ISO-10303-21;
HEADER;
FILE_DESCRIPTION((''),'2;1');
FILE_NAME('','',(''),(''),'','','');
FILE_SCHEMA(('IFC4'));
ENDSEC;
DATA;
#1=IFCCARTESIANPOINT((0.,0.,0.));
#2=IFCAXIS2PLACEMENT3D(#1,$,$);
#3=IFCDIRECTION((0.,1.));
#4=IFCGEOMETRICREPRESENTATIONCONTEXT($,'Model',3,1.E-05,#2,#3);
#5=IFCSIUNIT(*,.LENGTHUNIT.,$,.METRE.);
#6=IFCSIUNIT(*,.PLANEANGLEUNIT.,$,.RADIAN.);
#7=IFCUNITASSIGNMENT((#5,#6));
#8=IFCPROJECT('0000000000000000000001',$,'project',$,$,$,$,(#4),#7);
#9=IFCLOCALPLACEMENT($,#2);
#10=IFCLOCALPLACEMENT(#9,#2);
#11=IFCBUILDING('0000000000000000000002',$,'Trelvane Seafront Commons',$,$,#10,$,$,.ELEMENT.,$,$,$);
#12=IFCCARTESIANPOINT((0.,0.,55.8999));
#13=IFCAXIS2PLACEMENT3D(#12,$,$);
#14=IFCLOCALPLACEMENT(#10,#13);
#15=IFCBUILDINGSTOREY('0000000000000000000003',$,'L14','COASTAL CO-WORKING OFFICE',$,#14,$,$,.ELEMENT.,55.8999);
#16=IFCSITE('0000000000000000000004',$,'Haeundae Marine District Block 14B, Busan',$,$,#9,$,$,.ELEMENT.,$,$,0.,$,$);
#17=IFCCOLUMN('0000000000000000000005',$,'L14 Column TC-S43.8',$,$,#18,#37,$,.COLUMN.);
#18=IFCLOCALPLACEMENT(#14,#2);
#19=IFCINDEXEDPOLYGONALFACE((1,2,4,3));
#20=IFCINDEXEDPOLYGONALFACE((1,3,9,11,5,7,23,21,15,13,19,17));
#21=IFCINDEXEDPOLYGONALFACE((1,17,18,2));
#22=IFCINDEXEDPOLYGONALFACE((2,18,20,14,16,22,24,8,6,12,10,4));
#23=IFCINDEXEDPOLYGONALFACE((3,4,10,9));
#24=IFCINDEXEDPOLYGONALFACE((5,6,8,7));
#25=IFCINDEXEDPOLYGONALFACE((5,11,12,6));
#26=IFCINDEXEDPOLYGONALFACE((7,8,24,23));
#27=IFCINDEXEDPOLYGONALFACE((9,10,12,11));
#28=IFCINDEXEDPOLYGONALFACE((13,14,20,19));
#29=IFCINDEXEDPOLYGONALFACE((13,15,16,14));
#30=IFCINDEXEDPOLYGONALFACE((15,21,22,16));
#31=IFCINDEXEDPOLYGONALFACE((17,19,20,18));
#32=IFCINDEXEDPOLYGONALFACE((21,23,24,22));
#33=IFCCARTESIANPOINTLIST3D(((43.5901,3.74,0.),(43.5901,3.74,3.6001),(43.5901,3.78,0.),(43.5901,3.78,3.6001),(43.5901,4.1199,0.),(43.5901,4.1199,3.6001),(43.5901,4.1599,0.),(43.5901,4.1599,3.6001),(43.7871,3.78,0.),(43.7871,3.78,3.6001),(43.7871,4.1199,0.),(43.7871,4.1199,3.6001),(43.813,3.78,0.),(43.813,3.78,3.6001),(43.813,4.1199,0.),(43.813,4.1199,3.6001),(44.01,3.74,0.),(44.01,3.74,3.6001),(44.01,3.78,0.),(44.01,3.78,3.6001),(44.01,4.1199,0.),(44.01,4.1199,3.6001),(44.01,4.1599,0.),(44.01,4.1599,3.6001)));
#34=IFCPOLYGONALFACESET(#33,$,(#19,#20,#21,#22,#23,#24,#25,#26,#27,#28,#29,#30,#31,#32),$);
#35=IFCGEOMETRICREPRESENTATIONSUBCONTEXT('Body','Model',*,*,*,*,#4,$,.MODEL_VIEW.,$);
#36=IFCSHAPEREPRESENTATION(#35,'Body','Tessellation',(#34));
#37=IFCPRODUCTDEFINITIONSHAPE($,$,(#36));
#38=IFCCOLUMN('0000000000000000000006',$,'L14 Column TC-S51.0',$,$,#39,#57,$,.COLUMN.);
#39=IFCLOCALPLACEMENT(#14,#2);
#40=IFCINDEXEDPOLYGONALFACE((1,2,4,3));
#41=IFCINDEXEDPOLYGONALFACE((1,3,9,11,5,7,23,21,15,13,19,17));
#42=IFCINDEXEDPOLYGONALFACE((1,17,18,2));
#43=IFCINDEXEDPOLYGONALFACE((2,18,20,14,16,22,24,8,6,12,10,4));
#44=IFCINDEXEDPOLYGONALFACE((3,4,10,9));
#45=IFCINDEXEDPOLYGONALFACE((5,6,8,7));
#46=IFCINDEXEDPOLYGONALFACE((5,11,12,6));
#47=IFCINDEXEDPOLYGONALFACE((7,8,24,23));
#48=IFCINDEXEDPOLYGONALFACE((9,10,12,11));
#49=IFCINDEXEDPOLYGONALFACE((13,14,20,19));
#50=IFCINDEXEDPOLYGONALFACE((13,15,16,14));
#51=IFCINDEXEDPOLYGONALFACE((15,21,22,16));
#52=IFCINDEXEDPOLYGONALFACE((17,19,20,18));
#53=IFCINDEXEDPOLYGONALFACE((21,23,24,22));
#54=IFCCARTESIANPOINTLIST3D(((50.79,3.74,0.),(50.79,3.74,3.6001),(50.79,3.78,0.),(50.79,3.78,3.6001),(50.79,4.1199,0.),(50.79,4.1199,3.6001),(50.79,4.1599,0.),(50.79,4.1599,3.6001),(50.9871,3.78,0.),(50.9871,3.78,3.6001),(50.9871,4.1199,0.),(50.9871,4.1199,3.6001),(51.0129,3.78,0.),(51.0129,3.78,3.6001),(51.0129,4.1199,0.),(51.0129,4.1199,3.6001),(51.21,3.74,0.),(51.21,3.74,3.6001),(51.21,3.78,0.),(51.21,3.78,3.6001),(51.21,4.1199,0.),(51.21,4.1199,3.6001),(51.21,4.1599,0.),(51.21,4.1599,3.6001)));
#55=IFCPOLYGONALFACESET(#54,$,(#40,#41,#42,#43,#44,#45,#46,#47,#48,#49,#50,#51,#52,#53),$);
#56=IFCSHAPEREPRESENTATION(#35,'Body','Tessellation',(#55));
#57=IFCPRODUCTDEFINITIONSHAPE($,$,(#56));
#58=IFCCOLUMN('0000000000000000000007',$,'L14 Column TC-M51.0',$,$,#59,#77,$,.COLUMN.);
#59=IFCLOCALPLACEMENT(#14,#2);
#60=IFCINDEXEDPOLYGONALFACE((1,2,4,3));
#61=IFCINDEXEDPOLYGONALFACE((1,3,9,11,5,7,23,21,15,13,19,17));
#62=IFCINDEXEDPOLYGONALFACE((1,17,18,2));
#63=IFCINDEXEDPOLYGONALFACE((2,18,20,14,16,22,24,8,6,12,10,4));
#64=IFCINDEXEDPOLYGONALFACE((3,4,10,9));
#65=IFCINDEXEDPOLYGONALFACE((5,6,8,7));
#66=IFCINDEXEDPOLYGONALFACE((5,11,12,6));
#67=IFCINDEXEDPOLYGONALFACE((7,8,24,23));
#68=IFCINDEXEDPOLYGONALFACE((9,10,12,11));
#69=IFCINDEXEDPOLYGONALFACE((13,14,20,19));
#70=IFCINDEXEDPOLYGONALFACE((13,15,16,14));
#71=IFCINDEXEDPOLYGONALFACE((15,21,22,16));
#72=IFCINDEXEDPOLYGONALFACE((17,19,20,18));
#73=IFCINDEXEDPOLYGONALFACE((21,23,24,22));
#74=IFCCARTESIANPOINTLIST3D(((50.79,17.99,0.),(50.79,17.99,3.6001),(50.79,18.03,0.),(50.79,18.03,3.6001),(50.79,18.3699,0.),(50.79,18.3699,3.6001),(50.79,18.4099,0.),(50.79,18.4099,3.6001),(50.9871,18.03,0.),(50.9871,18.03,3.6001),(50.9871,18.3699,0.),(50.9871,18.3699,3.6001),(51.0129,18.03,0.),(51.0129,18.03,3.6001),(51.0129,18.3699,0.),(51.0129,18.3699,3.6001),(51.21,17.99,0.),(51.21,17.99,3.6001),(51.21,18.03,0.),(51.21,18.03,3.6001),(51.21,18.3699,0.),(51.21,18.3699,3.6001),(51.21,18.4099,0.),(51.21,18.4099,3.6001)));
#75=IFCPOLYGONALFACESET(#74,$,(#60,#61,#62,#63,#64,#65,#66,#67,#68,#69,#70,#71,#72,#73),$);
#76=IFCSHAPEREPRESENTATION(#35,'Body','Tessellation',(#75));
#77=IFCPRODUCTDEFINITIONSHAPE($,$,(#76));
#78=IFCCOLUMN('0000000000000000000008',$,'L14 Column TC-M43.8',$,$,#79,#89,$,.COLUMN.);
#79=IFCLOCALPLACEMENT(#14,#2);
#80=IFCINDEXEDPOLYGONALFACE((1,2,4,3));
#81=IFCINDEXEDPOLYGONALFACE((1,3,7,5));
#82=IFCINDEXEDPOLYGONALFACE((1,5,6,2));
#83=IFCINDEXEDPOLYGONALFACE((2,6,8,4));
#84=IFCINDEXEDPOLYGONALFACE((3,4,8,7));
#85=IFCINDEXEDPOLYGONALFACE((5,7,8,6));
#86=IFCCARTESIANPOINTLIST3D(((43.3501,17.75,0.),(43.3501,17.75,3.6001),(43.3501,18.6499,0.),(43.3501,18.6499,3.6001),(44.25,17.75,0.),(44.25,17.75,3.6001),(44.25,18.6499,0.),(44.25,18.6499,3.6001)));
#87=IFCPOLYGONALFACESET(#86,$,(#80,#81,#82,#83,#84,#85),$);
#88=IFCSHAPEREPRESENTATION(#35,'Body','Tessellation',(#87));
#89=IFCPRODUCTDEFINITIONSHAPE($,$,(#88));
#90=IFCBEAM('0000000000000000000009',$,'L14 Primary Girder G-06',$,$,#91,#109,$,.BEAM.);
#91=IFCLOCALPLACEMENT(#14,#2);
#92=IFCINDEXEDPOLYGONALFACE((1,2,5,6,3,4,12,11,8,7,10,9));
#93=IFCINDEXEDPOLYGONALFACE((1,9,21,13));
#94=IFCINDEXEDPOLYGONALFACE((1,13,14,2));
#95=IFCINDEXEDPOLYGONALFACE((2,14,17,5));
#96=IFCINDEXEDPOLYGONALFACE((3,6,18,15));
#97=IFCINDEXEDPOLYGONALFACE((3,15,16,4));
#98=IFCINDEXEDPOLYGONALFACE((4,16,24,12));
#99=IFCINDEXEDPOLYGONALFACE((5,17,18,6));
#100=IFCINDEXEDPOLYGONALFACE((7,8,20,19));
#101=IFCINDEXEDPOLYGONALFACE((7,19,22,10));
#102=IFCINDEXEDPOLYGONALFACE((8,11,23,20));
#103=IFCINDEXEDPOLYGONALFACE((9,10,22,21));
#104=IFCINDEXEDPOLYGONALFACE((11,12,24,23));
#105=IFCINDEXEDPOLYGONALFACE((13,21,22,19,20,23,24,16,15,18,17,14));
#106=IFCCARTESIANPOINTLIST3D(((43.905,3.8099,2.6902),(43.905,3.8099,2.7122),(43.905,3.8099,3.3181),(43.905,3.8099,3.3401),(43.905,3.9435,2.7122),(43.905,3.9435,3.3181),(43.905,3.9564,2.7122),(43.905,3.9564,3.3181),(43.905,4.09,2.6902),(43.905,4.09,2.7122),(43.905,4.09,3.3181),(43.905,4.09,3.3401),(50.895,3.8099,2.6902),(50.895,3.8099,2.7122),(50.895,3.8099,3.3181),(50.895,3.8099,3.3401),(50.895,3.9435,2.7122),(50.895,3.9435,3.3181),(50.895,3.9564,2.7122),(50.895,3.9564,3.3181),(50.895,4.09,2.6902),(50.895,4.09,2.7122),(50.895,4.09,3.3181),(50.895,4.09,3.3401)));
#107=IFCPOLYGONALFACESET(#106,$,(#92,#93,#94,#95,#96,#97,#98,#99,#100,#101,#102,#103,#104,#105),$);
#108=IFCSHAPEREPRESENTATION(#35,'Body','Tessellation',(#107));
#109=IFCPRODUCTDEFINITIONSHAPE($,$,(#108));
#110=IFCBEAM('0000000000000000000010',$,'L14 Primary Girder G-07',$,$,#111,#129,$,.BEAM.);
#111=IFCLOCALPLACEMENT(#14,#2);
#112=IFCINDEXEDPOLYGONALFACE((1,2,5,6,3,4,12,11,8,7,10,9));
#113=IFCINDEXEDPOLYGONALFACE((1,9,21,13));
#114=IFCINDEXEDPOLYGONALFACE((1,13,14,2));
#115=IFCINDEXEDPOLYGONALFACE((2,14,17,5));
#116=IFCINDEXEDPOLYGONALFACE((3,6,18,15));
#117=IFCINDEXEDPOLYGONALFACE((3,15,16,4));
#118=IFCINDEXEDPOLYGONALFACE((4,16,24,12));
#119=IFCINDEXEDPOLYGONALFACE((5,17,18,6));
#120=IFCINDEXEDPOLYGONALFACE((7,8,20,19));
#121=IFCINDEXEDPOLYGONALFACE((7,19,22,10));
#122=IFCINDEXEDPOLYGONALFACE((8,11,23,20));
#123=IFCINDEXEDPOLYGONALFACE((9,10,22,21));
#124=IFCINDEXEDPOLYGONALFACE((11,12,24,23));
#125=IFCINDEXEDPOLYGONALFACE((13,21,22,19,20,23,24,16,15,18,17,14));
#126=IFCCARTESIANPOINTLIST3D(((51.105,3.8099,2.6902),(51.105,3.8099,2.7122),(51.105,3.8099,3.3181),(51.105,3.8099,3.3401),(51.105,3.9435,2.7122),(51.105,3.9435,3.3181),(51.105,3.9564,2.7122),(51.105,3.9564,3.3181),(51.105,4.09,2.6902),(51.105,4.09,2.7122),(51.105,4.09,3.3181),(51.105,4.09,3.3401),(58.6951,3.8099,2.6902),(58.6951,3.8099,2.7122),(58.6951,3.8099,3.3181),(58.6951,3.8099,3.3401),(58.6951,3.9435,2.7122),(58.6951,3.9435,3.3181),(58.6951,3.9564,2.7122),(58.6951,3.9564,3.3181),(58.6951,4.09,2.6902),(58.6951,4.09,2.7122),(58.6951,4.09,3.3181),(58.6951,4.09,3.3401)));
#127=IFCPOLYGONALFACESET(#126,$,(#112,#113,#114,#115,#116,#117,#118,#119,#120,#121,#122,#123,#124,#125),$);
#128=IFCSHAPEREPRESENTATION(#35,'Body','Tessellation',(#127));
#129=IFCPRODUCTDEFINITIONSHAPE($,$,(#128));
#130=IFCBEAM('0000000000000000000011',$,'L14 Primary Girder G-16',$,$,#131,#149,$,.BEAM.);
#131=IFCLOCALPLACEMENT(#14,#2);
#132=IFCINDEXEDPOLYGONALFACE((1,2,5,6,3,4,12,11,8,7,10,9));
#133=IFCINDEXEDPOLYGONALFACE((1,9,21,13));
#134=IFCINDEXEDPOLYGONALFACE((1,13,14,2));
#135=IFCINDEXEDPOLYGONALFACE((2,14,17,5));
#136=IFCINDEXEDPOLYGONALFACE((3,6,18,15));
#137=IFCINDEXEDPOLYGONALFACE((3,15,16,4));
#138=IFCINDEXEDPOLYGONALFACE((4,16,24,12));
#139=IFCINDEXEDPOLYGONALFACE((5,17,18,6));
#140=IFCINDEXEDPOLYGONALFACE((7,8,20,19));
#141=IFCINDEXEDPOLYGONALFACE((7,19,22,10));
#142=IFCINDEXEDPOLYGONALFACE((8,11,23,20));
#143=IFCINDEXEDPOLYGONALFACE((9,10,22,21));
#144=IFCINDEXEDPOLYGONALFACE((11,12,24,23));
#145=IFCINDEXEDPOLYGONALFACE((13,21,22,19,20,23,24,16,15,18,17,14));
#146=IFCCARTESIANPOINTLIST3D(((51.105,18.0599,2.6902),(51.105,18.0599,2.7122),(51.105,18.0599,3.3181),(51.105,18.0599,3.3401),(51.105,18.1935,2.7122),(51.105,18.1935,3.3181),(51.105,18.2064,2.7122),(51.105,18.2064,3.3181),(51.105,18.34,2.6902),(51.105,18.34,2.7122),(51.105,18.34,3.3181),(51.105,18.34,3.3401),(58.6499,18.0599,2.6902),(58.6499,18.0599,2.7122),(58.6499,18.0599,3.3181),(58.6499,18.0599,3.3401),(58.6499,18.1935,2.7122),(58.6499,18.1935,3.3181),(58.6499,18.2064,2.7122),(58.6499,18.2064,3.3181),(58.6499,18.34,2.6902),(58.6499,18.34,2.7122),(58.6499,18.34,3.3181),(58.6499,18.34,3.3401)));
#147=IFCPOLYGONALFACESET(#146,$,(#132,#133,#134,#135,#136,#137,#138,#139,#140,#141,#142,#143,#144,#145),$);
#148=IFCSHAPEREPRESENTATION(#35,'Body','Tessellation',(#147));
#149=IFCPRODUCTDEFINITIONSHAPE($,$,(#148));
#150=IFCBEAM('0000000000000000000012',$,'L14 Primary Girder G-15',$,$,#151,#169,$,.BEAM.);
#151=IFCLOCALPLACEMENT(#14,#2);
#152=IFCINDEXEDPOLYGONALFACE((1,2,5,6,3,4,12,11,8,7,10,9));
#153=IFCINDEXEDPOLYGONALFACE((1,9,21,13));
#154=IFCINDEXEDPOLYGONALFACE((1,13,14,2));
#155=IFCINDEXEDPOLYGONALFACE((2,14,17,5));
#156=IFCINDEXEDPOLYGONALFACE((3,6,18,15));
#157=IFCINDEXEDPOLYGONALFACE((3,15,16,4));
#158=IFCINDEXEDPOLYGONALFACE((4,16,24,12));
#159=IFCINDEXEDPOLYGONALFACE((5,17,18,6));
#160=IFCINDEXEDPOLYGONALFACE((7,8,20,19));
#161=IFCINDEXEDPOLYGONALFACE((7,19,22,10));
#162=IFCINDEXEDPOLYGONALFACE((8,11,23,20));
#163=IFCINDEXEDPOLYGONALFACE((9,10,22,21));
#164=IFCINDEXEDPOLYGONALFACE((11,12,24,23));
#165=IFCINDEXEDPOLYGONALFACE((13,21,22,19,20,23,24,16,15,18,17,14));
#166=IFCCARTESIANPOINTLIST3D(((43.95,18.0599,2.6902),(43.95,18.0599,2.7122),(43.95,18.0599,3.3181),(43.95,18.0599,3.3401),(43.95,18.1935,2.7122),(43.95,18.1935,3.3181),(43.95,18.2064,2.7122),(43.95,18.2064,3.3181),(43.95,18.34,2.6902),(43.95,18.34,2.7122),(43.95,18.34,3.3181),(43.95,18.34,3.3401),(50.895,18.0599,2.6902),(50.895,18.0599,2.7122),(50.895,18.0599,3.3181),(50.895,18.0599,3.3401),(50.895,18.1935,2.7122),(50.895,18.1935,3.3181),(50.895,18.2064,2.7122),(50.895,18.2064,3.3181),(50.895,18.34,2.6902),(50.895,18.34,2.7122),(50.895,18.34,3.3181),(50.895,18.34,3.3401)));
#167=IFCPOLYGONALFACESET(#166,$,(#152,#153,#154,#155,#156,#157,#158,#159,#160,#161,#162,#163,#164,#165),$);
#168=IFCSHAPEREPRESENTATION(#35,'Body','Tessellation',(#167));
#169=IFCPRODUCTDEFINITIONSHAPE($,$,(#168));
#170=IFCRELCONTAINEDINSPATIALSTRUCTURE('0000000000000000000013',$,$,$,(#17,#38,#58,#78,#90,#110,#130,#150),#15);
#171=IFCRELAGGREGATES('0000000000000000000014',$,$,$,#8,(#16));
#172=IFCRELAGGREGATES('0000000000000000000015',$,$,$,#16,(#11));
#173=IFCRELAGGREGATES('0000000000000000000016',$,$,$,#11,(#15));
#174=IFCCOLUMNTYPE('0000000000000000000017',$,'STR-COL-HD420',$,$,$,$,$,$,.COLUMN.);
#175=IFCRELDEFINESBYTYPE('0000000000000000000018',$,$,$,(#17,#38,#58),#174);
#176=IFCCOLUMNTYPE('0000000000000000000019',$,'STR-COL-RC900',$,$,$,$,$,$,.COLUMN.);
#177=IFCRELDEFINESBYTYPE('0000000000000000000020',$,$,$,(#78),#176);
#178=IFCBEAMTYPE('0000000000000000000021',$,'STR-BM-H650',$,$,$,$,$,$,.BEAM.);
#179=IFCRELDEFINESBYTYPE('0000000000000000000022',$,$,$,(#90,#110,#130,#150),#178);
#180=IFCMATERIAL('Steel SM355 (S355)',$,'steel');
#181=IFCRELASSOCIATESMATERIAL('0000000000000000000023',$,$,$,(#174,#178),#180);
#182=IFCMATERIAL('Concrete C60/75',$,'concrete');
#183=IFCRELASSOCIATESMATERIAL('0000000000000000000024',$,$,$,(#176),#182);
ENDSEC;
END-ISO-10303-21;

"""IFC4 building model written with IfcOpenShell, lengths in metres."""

from ifc_helpers import new_model, si_unit, direction, frame, origin, origin_2d, place, context, subcontext, project, spatial, rectangle, i_section, extrude, source, transform, mapped, material, material_profile, profile_set, type_object, element, save


model = new_model("IFC4")

# Units and contexts
model_context = context("Model", 3, precision=1e-05, world=origin(), true_north=direction((0.0, 1.0)))
body_context = subcontext(model_context, "Body", "Model", "MODEL_VIEW")
ifc_project = project(units=[si_unit("LENGTHUNIT", "METRE"), si_unit("PLANEANGLEUNIT", "RADIAN")], contexts=[model_context])

# Site, building, storey
site_placement = place(None, origin())
site = spatial("IfcSite", under=ifc_project, at=site_placement, Name="Haeundae Marine District Block 14B, Busan", CompositionType="ELEMENT", RefElevation=0.0)
building_placement = place(site_placement, origin())
building = spatial("IfcBuilding", under=site, at=building_placement, Name="Trelvane Seafront Commons", CompositionType="ELEMENT")
storey_placement = place(building_placement, frame((0.0, 0.0, 55.8999)))
storey = spatial("IfcBuildingStorey", under=building, at=storey_placement, Name="L14", Description="COASTAL CO-WORKING OFFICE", CompositionType="ELEMENT", Elevation=55.8999)

# Columns
ifc_material_1 = material(Name="Steel SM355 (S355)", Category="steel")
ifc_material_profile_1 = material_profile(ifc_material_1, i_section(OverallWidth=0.4199, OverallDepth=0.4199, WebThickness=0.0259, FlangeThickness=0.04, at=origin_2d()), Name="HD-420x420x26x40")
ifc_profile_set_1 = profile_set([ifc_material_profile_1], Name="Steel SM355 (S355)")
column_type_1 = type_object("IfcColumnType", Name="STR-COL-HD420", PredefinedType="COLUMN", material=ifc_profile_set_1)
shared_shape_1 = source(origin(), body_context, "Body", "SweptSolid", [
    extrude(i_section(OverallWidth=0.4199, OverallDepth=0.4199, WebThickness=0.0259, FlangeThickness=0.04, at=origin_2d()), origin(), (0.0, 0.0, 1.0), 3.6001),
])
for number, where, z_axis, x_axis, name in (
    (1, (43.8, 3.95, 0.0), (0.0, 0.0, 1.0), (1.0, 0.0, 0.0), "L14 Column TC-S43.8"),
    (2, (51.0, 3.95, 0.0), (0.0, 0.0, 1.0), (1.0, 0.0, 0.0), "L14 Column TC-S51.0"),
    (3, (51.0, 18.2, 0.0), (0.0, 0.0, 1.0), (1.0, 0.0, 0.0), "L14 Column TC-M51.0"),
):
    element("IfcColumn", number, at=place(storey_placement, frame(where, z_axis=z_axis, x_axis=x_axis)), inside=storey, type_object=column_type_1, Name=name, PredefinedType="COLUMN", context=body_context, shape_type="MappedRepresentation", body=[
        mapped(shared_shape_1, transform((0.0, 0.0, 0.0), x_axis=(1.0, 0.0, 0.0), y_axis=(0.0, 1.0, 0.0), z_axis=(0.0, 0.0, 1.0), scale=1.0)),
    ])
ifc_material_2 = material(Name="Concrete C60/75", Category="concrete")
ifc_material_profile_2 = material_profile(ifc_material_2, rectangle(XDim=0.8999, YDim=0.8999, at=origin_2d()), Name="RC-900x900")
ifc_profile_set_2 = profile_set([ifc_material_profile_2], Name="Concrete C60/75")
column_type_2 = type_object("IfcColumnType", Name="STR-COL-RC900", PredefinedType="COLUMN", material=ifc_profile_set_2)
shared_shape_2 = source(origin(), body_context, "Body", "SweptSolid", [
    extrude(rectangle(XDim=0.8999, YDim=0.8999, at=origin_2d()), origin(), (0.0, 0.0, 1.0), 3.6001),
])
column_placement = place(storey_placement, frame((43.8, 18.2, 0.0), z_axis=(0.0, 0.0, 1.0), x_axis=(1.0, 0.0, 0.0)))
element("IfcColumn", 4, at=column_placement, inside=storey, type_object=column_type_2, Name="L14 Column TC-M43.8", PredefinedType="COLUMN", context=body_context, shape_type="MappedRepresentation", body=[
    mapped(shared_shape_2, transform((0.0, 0.0, 0.0), x_axis=(1.0, 0.0, 0.0), y_axis=(0.0, 1.0, 0.0), z_axis=(0.0, 0.0, 1.0), scale=1.0)),
])

# Beams
ifc_material_profile_3 = material_profile(ifc_material_1, i_section(OverallWidth=0.28, OverallDepth=0.6499, WebThickness=0.0129, FlangeThickness=0.022, at=origin_2d()), Name="H-650x280x13x22")
ifc_profile_set_3 = profile_set([ifc_material_profile_3], Name="Steel SM355 (S355)")
beam_type_1 = type_object("IfcBeamType", Name="STR-BM-H650", PredefinedType="BEAM", material=ifc_profile_set_3)
shared_shape_3 = source(origin(), body_context, "Body", "SweptSolid", [
    extrude(i_section(OverallWidth=0.28, OverallDepth=0.6499, WebThickness=0.0129, FlangeThickness=0.022, at=origin_2d()), origin(), (0.0, 0.0, 1.0), 6.99),
])
beam_1_placement = place(storey_placement, frame((43.905, 3.95, 3.0151), z_axis=(1.0, 0.0, 0.0), x_axis=(0.0, 1.0, 0.0)))
element("IfcBeam", 5, at=beam_1_placement, inside=storey, type_object=beam_type_1, Name="L14 Primary Girder G-06", PredefinedType="BEAM", context=body_context, shape_type="MappedRepresentation", body=[
    mapped(shared_shape_3, transform((0.0, 0.0, 0.0), x_axis=(1.0, 0.0, 0.0), y_axis=(0.0, 1.0, 0.0), z_axis=(0.0, 0.0, 1.0), scale=1.0)),
])
shared_shape_4 = source(origin(), body_context, "Body", "SweptSolid", [
    extrude(i_section(OverallWidth=0.28, OverallDepth=0.6499, WebThickness=0.0129, FlangeThickness=0.022, at=origin_2d()), origin(), (0.0, 0.0, 1.0), 7.5901),
])
beam_2_placement = place(storey_placement, frame((51.105, 3.95, 3.0151), z_axis=(1.0, 0.0, 0.0), x_axis=(0.0, 1.0, 0.0)))
element("IfcBeam", 6, at=beam_2_placement, inside=storey, type_object=beam_type_1, Name="L14 Primary Girder G-07", PredefinedType="BEAM", context=body_context, shape_type="MappedRepresentation", body=[
    mapped(shared_shape_4, transform((0.0, 0.0, 0.0), x_axis=(1.0, 0.0, 0.0), y_axis=(0.0, 1.0, 0.0), z_axis=(0.0, 0.0, 1.0), scale=1.0)),
])
shared_shape_5 = source(origin(), body_context, "Body", "SweptSolid", [
    extrude(i_section(OverallWidth=0.28, OverallDepth=0.6499, WebThickness=0.0129, FlangeThickness=0.022, at=origin_2d()), origin(), (0.0, 0.0, 1.0), 7.5449),
])
beam_3_placement = place(storey_placement, frame((51.105, 18.2, 3.0151), z_axis=(1.0, 0.0, 0.0), x_axis=(0.0, 1.0, 0.0)))
element("IfcBeam", 7, at=beam_3_placement, inside=storey, type_object=beam_type_1, Name="L14 Primary Girder G-16", PredefinedType="BEAM", context=body_context, shape_type="MappedRepresentation", body=[
    mapped(shared_shape_5, transform((0.0, 0.0, 0.0), x_axis=(1.0, 0.0, 0.0), y_axis=(0.0, 1.0, 0.0), z_axis=(0.0, 0.0, 1.0), scale=1.0)),
])
shared_shape_6 = source(origin(), body_context, "Body", "SweptSolid", [
    extrude(i_section(OverallWidth=0.28, OverallDepth=0.6499, WebThickness=0.0129, FlangeThickness=0.022, at=origin_2d()), origin(), (0.0, 0.0, 1.0), 6.9451),
])
beam_4_placement = place(storey_placement, frame((43.95, 18.2, 3.0151), z_axis=(1.0, 0.0, 0.0), x_axis=(0.0, 1.0, 0.0)))
element("IfcBeam", 8, at=beam_4_placement, inside=storey, type_object=beam_type_1, Name="L14 Primary Girder G-15", PredefinedType="BEAM", context=body_context, shape_type="MappedRepresentation", body=[
    mapped(shared_shape_6, transform((0.0, 0.0, 0.0), x_axis=(1.0, 0.0, 0.0), y_axis=(0.0, 1.0, 0.0), z_axis=(0.0, 0.0, 1.0), scale=1.0)),
])

save(model, "model.ifc")
